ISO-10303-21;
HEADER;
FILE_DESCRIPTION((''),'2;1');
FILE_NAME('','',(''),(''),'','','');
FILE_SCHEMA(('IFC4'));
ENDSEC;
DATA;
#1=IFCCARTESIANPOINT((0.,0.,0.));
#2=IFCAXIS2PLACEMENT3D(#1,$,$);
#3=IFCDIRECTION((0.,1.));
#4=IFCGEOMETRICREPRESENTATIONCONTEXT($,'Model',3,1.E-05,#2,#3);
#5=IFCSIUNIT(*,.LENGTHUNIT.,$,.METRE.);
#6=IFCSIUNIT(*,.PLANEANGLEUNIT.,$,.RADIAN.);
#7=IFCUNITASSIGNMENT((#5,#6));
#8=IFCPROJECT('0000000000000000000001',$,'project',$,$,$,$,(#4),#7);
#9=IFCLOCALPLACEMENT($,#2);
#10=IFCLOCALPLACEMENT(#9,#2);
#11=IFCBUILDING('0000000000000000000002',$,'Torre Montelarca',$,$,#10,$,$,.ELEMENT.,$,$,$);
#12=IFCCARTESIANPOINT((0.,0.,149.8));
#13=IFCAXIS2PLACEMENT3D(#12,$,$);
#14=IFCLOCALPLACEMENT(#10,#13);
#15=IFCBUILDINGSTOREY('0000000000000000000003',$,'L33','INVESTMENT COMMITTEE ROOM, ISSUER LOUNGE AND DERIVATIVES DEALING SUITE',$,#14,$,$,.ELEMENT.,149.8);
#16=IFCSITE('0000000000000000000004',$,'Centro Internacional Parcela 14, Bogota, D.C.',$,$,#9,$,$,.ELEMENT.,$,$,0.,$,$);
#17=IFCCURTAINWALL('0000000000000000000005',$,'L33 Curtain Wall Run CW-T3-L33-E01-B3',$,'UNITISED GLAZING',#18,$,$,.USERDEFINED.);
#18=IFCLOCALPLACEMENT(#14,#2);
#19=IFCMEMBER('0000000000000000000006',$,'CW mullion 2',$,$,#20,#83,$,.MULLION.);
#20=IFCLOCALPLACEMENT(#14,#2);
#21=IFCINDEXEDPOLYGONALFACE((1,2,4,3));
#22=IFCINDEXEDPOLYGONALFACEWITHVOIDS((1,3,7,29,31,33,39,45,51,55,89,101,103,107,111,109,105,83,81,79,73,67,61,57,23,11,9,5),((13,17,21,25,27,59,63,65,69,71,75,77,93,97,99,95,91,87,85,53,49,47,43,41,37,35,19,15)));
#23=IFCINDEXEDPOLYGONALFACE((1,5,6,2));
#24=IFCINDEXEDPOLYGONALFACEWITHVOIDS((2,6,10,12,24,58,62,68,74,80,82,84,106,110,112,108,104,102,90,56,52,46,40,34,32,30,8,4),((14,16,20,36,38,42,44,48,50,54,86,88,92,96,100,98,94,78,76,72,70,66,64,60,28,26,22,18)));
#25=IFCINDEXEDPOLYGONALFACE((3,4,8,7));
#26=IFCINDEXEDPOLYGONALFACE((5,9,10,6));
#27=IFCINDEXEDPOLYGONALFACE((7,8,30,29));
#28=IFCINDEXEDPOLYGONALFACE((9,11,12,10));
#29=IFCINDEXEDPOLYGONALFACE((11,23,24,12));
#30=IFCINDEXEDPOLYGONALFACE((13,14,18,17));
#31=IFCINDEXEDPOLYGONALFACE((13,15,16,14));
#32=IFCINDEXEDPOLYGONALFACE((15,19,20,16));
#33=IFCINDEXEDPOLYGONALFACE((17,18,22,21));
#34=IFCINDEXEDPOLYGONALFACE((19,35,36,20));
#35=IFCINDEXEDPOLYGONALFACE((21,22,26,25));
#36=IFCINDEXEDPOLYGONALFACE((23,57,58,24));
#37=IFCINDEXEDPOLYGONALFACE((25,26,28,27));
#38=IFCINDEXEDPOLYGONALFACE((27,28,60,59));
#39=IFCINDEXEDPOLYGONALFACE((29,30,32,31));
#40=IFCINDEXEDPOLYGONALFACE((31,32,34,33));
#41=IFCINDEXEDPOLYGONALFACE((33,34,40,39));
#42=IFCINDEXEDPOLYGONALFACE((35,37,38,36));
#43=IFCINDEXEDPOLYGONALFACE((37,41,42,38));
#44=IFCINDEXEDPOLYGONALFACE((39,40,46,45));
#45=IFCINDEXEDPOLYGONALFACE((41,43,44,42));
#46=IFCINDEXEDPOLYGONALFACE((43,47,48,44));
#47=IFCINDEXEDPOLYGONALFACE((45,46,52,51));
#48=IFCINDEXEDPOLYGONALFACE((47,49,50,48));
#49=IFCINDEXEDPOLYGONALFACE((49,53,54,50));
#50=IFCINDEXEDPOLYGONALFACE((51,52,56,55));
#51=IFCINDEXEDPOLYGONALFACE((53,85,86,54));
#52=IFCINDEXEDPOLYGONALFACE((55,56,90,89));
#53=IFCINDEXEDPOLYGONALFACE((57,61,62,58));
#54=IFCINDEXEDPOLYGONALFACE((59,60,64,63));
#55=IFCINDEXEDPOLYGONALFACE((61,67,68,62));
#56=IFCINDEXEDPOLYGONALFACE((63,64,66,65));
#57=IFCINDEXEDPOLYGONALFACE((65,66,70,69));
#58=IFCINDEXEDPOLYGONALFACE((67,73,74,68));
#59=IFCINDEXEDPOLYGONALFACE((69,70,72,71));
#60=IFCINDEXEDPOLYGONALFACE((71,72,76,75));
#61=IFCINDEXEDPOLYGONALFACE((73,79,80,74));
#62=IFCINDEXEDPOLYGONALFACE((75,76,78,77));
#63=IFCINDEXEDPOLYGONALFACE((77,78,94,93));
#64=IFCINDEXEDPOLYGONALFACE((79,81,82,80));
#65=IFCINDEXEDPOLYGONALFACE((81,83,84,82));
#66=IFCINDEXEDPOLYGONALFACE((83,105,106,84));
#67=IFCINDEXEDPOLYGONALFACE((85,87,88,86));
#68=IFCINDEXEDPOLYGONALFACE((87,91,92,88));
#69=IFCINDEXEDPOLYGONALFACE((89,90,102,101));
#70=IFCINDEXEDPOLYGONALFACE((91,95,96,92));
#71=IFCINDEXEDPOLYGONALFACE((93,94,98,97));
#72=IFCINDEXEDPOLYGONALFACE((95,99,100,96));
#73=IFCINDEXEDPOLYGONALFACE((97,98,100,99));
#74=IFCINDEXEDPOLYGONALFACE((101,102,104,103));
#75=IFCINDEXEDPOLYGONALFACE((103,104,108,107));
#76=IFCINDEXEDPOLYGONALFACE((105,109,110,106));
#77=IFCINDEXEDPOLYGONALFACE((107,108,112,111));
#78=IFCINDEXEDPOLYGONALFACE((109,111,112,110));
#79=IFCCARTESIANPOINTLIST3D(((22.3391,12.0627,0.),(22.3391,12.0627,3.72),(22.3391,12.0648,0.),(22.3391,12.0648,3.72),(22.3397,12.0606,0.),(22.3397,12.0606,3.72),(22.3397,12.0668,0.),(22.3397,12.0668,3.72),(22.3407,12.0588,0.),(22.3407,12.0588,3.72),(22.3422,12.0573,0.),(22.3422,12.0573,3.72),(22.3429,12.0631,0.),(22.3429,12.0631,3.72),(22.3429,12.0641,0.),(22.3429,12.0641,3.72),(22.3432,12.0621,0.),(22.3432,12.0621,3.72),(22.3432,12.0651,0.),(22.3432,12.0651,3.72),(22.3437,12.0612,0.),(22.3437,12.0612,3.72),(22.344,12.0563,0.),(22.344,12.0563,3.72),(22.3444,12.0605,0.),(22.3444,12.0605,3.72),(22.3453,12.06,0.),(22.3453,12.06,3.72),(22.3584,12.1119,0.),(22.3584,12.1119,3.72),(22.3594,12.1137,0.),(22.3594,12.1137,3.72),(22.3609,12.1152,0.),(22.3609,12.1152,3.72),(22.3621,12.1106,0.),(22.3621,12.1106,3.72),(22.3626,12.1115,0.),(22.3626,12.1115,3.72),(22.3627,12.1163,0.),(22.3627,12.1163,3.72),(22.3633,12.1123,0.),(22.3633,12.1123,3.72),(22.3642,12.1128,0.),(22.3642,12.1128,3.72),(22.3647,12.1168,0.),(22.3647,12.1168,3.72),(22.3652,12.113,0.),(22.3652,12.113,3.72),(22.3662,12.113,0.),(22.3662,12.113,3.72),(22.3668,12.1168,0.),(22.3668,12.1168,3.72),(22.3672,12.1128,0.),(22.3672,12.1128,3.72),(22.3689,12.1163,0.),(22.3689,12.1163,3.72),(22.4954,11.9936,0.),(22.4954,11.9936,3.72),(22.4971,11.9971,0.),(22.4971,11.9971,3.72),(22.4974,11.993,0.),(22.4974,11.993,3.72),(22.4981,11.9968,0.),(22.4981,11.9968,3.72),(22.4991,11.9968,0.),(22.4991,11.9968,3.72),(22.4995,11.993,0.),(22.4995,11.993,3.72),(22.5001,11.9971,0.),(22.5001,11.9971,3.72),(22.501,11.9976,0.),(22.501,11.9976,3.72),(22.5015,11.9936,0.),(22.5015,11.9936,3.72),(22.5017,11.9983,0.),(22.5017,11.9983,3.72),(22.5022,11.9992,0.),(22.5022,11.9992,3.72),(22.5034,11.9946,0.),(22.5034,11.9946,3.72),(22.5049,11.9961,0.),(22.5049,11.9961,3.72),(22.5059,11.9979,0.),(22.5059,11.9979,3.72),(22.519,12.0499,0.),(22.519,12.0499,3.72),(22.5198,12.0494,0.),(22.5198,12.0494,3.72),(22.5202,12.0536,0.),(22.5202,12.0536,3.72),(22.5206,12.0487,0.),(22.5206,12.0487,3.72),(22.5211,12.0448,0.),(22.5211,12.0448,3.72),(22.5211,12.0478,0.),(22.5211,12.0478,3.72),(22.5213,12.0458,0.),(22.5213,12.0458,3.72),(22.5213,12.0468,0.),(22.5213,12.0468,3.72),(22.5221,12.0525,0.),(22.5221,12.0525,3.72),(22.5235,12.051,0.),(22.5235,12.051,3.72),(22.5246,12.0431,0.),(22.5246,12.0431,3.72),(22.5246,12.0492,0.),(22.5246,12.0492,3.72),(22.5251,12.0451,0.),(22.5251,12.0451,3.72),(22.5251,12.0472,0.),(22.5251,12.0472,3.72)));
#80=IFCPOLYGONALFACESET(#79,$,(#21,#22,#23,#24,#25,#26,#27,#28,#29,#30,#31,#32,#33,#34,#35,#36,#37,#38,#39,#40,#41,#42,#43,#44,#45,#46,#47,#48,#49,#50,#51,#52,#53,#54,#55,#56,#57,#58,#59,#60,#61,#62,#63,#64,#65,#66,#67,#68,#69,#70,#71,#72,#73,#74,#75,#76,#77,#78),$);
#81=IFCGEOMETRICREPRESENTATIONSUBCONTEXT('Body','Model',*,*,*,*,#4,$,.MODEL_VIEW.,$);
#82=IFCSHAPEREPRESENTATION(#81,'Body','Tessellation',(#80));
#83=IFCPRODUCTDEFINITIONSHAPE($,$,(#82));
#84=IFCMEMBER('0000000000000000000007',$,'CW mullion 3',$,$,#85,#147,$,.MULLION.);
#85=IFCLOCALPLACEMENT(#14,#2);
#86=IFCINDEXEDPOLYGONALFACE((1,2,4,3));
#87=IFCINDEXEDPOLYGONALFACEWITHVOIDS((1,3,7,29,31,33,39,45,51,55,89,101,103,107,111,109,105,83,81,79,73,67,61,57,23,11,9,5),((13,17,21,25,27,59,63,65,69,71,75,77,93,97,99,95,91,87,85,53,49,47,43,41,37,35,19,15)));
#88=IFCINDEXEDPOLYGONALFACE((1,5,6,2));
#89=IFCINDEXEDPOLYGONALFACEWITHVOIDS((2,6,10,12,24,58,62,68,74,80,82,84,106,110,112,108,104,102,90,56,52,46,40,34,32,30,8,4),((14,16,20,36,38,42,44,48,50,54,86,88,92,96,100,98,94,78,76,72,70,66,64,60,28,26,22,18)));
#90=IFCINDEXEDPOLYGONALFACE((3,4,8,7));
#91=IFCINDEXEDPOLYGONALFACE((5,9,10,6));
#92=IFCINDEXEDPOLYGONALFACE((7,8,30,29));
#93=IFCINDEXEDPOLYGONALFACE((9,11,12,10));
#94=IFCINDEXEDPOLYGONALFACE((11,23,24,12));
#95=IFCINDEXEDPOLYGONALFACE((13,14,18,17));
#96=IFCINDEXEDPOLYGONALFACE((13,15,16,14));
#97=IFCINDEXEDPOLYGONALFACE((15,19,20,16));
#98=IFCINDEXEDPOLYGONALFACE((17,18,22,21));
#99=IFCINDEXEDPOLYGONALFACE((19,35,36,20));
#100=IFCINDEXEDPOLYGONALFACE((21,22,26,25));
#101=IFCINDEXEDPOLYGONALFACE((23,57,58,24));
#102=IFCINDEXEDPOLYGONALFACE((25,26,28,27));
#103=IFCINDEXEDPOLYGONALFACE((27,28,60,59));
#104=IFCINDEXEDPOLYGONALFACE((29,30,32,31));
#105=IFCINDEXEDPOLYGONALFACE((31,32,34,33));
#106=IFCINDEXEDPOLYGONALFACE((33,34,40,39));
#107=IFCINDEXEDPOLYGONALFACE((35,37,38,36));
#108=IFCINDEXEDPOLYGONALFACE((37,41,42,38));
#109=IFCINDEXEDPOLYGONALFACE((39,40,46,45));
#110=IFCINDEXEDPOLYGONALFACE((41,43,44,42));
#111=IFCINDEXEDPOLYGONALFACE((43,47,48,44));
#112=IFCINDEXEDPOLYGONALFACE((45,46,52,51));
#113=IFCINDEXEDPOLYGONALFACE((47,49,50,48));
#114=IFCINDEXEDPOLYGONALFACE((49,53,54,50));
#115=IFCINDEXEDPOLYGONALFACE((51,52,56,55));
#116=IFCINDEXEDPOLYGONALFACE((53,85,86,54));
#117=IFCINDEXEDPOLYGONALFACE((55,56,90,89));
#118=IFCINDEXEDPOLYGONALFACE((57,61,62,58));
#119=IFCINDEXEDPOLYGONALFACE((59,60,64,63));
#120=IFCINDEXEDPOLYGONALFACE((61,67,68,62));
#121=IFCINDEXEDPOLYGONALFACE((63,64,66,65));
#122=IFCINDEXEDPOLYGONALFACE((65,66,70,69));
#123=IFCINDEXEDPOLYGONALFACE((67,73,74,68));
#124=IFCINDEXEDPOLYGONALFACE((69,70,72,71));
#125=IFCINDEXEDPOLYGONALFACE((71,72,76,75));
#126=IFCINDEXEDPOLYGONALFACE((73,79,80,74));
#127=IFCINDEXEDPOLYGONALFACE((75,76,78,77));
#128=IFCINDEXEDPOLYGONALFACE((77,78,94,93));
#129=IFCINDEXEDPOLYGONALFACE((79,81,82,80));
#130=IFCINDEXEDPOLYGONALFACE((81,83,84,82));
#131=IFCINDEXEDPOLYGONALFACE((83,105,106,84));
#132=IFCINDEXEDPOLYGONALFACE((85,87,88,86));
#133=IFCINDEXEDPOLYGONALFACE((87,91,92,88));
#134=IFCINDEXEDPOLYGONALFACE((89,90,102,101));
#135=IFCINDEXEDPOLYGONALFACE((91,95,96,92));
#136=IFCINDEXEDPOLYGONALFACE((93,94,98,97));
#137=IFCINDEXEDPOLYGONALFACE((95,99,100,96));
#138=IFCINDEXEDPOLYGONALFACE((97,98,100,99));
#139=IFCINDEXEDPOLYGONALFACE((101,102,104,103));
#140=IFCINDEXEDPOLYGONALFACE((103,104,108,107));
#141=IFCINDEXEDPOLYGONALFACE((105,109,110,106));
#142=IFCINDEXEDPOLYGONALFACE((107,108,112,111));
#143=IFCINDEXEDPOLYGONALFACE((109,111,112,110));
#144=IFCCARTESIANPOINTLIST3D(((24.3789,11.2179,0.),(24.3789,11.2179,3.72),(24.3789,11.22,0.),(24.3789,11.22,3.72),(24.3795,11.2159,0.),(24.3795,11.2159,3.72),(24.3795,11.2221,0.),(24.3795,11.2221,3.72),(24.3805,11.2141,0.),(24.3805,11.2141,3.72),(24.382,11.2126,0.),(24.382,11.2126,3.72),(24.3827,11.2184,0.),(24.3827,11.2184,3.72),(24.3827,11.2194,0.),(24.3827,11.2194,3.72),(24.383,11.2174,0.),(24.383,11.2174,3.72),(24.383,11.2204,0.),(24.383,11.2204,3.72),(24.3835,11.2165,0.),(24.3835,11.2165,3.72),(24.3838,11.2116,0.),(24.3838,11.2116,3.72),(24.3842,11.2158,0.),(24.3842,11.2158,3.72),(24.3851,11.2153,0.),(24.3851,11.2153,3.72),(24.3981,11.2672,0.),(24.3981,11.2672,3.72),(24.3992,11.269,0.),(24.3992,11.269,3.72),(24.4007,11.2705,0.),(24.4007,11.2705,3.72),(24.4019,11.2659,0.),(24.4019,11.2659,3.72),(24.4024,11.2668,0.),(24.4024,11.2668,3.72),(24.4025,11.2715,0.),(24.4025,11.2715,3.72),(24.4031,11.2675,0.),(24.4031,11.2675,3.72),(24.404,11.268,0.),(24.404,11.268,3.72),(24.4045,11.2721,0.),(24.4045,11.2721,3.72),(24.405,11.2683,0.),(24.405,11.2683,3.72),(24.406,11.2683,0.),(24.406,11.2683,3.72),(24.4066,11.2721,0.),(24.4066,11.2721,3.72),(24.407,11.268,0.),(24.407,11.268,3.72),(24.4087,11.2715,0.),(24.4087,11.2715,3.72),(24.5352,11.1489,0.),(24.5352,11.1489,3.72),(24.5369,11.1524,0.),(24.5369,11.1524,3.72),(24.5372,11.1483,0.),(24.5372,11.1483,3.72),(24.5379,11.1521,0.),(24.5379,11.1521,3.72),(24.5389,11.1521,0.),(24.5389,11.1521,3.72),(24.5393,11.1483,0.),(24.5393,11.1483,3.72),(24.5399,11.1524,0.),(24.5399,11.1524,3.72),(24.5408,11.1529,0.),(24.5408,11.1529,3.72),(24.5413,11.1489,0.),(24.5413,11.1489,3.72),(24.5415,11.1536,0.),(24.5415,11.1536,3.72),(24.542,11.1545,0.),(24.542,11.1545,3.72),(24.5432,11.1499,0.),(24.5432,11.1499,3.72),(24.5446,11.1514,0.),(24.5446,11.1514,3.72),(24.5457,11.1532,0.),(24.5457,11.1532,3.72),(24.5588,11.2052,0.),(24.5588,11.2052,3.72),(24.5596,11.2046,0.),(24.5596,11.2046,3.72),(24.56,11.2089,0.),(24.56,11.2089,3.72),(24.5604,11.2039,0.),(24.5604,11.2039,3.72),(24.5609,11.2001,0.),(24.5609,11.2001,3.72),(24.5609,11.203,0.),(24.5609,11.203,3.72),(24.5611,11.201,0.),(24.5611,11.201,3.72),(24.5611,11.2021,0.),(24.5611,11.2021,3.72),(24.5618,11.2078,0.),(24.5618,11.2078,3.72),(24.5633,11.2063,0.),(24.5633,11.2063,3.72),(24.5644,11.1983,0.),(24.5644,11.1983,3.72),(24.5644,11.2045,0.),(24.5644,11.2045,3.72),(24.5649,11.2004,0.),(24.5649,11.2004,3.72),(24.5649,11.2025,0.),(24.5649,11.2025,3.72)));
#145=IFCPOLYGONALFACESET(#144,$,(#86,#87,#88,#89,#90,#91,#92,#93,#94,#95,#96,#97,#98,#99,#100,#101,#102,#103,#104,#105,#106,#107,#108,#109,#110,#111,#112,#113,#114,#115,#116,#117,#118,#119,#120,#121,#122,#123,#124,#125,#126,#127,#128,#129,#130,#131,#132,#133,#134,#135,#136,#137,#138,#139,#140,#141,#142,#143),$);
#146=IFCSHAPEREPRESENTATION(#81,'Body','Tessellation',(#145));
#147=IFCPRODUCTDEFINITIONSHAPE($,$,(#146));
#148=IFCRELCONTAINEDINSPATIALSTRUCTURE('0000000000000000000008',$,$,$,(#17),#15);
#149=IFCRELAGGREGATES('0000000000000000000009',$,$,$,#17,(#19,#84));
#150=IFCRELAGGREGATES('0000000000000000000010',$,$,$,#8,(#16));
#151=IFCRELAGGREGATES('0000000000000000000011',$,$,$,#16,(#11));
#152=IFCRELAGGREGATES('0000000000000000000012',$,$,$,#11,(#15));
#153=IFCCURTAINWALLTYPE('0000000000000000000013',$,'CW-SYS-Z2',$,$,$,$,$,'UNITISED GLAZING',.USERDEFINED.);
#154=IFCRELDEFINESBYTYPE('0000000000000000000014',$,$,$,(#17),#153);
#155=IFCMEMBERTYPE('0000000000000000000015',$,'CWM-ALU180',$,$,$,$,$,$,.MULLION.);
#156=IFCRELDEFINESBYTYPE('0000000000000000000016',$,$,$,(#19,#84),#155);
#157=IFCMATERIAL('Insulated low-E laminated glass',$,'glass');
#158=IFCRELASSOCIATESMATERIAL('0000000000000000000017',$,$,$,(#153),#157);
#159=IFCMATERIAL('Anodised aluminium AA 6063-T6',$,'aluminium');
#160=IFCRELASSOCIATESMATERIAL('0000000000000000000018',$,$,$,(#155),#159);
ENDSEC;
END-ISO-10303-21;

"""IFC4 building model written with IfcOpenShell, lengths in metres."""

from ifc_helpers import new_model, si_unit, direction, frame, origin, origin_2d, place, context, subcontext, project, spatial, hollow_rectangle, extrude, source, transform, mapped, material, material_profile, profile_set, type_object, element, aggregate, save


model = new_model("IFC4")

# Units and contexts
model_context = context("Model", 3, precision=1e-05, world=origin(), true_north=direction((0.0, 1.0)))
body_context = subcontext(model_context, "Body", "Model", "MODEL_VIEW")
ifc_project = project(units=[si_unit("LENGTHUNIT", "METRE"), si_unit("PLANEANGLEUNIT", "RADIAN")], contexts=[model_context])

# Site, building, storey
site_placement = place(None, origin())
site = spatial("IfcSite", under=ifc_project, at=site_placement, Name="Centro Internacional Parcela 14, Bogota, D.C.", CompositionType="ELEMENT", RefElevation=0.0)
building_placement = place(site_placement, origin())
building = spatial("IfcBuilding", under=site, at=building_placement, Name="Torre Montelarca", CompositionType="ELEMENT")
storey_placement = place(building_placement, frame((0.0, 0.0, 149.8)))
storey = spatial("IfcBuildingStorey", under=building, at=storey_placement, Name="L33", Description="INVESTMENT COMMITTEE ROOM, ISSUER LOUNGE AND DERIVATIVES DEALING SUITE", CompositionType="ELEMENT", Elevation=149.8)

# Shared definitions
ifc_material_1 = material(Name="Insulated low-E laminated glass", Category="glass")
curtain_wall_type = type_object("IfcCurtainWallType", Name="CW-SYS-Z2", ElementType="UNITISED GLAZING", PredefinedType="USERDEFINED", material=ifc_material_1)
ifc_material_2 = material(Name="Anodised aluminium AA 6063-T6", Category="aluminium")

# Shared definitions
ifc_material_profile_1 = material_profile(ifc_material_2, hollow_rectangle(XDim=0.0649, YDim=0.1799, WallThickness=0.0039, InnerFilletRadius=0.0039, OuterFilletRadius=0.0081, at=origin_2d()), Name="ALU65X180X4", Category="aluminium")
ifc_profile_set_1 = profile_set([ifc_material_profile_1], Name="Anodised aluminium AA 6063-T6")
member_type_1 = type_object("IfcMemberType", Name="CWM-ALU180", PredefinedType="MULLION", material=ifc_profile_set_1)
shared_shape_1 = source(origin(), body_context, "Body", "SweptSolid", [
    extrude(hollow_rectangle(XDim=0.0649, YDim=0.1799, WallThickness=0.0039, InnerFilletRadius=0.0039, OuterFilletRadius=0.0081, at=origin_2d()), origin(), (0.0, 0.0, 1.0), 3.72),
])

# Curtain wall, members
curtain_wall_1_placement = place(storey_placement, origin())
curtain_wall_1 = element("IfcCurtainWall", 1, at=curtain_wall_1_placement, inside=storey, type_object=curtain_wall_type, Name="L33 Curtain Wall Run CW-T3-L33-E01-B3", ObjectType="UNITISED GLAZING", PredefinedType="USERDEFINED")
member_1_placement = place(storey_placement, frame((22.4321, 12.0549, 0.0), z_axis=(0.0, 0.0, 1.0), x_axis=(0.382676, 0.923882, 0.0)))
member_1 = element("IfcMember", 2, at=member_1_placement, type_object=member_type_1, Name="CW mullion 2", PredefinedType="MULLION", context=body_context, shape_type="MappedRepresentation", body=[
    mapped(shared_shape_1, transform((0.0, 0.0, 0.0), scale=1.0)),
])
member_2_placement = place(storey_placement, frame((24.4719, 11.2102, 0.0), z_axis=(0.0, 0.0, 1.0), x_axis=(0.382676, 0.923882, 0.0)))
member_2 = element("IfcMember", 3, at=member_2_placement, type_object=member_type_1, Name="CW mullion 3", PredefinedType="MULLION", context=body_context, shape_type="MappedRepresentation", body=[
    mapped(shared_shape_1, transform((0.0, 0.0, 0.0), scale=1.0)),
])

aggregate(curtain_wall_1, [member_1, member_2])

save(model, "model.ifc")
